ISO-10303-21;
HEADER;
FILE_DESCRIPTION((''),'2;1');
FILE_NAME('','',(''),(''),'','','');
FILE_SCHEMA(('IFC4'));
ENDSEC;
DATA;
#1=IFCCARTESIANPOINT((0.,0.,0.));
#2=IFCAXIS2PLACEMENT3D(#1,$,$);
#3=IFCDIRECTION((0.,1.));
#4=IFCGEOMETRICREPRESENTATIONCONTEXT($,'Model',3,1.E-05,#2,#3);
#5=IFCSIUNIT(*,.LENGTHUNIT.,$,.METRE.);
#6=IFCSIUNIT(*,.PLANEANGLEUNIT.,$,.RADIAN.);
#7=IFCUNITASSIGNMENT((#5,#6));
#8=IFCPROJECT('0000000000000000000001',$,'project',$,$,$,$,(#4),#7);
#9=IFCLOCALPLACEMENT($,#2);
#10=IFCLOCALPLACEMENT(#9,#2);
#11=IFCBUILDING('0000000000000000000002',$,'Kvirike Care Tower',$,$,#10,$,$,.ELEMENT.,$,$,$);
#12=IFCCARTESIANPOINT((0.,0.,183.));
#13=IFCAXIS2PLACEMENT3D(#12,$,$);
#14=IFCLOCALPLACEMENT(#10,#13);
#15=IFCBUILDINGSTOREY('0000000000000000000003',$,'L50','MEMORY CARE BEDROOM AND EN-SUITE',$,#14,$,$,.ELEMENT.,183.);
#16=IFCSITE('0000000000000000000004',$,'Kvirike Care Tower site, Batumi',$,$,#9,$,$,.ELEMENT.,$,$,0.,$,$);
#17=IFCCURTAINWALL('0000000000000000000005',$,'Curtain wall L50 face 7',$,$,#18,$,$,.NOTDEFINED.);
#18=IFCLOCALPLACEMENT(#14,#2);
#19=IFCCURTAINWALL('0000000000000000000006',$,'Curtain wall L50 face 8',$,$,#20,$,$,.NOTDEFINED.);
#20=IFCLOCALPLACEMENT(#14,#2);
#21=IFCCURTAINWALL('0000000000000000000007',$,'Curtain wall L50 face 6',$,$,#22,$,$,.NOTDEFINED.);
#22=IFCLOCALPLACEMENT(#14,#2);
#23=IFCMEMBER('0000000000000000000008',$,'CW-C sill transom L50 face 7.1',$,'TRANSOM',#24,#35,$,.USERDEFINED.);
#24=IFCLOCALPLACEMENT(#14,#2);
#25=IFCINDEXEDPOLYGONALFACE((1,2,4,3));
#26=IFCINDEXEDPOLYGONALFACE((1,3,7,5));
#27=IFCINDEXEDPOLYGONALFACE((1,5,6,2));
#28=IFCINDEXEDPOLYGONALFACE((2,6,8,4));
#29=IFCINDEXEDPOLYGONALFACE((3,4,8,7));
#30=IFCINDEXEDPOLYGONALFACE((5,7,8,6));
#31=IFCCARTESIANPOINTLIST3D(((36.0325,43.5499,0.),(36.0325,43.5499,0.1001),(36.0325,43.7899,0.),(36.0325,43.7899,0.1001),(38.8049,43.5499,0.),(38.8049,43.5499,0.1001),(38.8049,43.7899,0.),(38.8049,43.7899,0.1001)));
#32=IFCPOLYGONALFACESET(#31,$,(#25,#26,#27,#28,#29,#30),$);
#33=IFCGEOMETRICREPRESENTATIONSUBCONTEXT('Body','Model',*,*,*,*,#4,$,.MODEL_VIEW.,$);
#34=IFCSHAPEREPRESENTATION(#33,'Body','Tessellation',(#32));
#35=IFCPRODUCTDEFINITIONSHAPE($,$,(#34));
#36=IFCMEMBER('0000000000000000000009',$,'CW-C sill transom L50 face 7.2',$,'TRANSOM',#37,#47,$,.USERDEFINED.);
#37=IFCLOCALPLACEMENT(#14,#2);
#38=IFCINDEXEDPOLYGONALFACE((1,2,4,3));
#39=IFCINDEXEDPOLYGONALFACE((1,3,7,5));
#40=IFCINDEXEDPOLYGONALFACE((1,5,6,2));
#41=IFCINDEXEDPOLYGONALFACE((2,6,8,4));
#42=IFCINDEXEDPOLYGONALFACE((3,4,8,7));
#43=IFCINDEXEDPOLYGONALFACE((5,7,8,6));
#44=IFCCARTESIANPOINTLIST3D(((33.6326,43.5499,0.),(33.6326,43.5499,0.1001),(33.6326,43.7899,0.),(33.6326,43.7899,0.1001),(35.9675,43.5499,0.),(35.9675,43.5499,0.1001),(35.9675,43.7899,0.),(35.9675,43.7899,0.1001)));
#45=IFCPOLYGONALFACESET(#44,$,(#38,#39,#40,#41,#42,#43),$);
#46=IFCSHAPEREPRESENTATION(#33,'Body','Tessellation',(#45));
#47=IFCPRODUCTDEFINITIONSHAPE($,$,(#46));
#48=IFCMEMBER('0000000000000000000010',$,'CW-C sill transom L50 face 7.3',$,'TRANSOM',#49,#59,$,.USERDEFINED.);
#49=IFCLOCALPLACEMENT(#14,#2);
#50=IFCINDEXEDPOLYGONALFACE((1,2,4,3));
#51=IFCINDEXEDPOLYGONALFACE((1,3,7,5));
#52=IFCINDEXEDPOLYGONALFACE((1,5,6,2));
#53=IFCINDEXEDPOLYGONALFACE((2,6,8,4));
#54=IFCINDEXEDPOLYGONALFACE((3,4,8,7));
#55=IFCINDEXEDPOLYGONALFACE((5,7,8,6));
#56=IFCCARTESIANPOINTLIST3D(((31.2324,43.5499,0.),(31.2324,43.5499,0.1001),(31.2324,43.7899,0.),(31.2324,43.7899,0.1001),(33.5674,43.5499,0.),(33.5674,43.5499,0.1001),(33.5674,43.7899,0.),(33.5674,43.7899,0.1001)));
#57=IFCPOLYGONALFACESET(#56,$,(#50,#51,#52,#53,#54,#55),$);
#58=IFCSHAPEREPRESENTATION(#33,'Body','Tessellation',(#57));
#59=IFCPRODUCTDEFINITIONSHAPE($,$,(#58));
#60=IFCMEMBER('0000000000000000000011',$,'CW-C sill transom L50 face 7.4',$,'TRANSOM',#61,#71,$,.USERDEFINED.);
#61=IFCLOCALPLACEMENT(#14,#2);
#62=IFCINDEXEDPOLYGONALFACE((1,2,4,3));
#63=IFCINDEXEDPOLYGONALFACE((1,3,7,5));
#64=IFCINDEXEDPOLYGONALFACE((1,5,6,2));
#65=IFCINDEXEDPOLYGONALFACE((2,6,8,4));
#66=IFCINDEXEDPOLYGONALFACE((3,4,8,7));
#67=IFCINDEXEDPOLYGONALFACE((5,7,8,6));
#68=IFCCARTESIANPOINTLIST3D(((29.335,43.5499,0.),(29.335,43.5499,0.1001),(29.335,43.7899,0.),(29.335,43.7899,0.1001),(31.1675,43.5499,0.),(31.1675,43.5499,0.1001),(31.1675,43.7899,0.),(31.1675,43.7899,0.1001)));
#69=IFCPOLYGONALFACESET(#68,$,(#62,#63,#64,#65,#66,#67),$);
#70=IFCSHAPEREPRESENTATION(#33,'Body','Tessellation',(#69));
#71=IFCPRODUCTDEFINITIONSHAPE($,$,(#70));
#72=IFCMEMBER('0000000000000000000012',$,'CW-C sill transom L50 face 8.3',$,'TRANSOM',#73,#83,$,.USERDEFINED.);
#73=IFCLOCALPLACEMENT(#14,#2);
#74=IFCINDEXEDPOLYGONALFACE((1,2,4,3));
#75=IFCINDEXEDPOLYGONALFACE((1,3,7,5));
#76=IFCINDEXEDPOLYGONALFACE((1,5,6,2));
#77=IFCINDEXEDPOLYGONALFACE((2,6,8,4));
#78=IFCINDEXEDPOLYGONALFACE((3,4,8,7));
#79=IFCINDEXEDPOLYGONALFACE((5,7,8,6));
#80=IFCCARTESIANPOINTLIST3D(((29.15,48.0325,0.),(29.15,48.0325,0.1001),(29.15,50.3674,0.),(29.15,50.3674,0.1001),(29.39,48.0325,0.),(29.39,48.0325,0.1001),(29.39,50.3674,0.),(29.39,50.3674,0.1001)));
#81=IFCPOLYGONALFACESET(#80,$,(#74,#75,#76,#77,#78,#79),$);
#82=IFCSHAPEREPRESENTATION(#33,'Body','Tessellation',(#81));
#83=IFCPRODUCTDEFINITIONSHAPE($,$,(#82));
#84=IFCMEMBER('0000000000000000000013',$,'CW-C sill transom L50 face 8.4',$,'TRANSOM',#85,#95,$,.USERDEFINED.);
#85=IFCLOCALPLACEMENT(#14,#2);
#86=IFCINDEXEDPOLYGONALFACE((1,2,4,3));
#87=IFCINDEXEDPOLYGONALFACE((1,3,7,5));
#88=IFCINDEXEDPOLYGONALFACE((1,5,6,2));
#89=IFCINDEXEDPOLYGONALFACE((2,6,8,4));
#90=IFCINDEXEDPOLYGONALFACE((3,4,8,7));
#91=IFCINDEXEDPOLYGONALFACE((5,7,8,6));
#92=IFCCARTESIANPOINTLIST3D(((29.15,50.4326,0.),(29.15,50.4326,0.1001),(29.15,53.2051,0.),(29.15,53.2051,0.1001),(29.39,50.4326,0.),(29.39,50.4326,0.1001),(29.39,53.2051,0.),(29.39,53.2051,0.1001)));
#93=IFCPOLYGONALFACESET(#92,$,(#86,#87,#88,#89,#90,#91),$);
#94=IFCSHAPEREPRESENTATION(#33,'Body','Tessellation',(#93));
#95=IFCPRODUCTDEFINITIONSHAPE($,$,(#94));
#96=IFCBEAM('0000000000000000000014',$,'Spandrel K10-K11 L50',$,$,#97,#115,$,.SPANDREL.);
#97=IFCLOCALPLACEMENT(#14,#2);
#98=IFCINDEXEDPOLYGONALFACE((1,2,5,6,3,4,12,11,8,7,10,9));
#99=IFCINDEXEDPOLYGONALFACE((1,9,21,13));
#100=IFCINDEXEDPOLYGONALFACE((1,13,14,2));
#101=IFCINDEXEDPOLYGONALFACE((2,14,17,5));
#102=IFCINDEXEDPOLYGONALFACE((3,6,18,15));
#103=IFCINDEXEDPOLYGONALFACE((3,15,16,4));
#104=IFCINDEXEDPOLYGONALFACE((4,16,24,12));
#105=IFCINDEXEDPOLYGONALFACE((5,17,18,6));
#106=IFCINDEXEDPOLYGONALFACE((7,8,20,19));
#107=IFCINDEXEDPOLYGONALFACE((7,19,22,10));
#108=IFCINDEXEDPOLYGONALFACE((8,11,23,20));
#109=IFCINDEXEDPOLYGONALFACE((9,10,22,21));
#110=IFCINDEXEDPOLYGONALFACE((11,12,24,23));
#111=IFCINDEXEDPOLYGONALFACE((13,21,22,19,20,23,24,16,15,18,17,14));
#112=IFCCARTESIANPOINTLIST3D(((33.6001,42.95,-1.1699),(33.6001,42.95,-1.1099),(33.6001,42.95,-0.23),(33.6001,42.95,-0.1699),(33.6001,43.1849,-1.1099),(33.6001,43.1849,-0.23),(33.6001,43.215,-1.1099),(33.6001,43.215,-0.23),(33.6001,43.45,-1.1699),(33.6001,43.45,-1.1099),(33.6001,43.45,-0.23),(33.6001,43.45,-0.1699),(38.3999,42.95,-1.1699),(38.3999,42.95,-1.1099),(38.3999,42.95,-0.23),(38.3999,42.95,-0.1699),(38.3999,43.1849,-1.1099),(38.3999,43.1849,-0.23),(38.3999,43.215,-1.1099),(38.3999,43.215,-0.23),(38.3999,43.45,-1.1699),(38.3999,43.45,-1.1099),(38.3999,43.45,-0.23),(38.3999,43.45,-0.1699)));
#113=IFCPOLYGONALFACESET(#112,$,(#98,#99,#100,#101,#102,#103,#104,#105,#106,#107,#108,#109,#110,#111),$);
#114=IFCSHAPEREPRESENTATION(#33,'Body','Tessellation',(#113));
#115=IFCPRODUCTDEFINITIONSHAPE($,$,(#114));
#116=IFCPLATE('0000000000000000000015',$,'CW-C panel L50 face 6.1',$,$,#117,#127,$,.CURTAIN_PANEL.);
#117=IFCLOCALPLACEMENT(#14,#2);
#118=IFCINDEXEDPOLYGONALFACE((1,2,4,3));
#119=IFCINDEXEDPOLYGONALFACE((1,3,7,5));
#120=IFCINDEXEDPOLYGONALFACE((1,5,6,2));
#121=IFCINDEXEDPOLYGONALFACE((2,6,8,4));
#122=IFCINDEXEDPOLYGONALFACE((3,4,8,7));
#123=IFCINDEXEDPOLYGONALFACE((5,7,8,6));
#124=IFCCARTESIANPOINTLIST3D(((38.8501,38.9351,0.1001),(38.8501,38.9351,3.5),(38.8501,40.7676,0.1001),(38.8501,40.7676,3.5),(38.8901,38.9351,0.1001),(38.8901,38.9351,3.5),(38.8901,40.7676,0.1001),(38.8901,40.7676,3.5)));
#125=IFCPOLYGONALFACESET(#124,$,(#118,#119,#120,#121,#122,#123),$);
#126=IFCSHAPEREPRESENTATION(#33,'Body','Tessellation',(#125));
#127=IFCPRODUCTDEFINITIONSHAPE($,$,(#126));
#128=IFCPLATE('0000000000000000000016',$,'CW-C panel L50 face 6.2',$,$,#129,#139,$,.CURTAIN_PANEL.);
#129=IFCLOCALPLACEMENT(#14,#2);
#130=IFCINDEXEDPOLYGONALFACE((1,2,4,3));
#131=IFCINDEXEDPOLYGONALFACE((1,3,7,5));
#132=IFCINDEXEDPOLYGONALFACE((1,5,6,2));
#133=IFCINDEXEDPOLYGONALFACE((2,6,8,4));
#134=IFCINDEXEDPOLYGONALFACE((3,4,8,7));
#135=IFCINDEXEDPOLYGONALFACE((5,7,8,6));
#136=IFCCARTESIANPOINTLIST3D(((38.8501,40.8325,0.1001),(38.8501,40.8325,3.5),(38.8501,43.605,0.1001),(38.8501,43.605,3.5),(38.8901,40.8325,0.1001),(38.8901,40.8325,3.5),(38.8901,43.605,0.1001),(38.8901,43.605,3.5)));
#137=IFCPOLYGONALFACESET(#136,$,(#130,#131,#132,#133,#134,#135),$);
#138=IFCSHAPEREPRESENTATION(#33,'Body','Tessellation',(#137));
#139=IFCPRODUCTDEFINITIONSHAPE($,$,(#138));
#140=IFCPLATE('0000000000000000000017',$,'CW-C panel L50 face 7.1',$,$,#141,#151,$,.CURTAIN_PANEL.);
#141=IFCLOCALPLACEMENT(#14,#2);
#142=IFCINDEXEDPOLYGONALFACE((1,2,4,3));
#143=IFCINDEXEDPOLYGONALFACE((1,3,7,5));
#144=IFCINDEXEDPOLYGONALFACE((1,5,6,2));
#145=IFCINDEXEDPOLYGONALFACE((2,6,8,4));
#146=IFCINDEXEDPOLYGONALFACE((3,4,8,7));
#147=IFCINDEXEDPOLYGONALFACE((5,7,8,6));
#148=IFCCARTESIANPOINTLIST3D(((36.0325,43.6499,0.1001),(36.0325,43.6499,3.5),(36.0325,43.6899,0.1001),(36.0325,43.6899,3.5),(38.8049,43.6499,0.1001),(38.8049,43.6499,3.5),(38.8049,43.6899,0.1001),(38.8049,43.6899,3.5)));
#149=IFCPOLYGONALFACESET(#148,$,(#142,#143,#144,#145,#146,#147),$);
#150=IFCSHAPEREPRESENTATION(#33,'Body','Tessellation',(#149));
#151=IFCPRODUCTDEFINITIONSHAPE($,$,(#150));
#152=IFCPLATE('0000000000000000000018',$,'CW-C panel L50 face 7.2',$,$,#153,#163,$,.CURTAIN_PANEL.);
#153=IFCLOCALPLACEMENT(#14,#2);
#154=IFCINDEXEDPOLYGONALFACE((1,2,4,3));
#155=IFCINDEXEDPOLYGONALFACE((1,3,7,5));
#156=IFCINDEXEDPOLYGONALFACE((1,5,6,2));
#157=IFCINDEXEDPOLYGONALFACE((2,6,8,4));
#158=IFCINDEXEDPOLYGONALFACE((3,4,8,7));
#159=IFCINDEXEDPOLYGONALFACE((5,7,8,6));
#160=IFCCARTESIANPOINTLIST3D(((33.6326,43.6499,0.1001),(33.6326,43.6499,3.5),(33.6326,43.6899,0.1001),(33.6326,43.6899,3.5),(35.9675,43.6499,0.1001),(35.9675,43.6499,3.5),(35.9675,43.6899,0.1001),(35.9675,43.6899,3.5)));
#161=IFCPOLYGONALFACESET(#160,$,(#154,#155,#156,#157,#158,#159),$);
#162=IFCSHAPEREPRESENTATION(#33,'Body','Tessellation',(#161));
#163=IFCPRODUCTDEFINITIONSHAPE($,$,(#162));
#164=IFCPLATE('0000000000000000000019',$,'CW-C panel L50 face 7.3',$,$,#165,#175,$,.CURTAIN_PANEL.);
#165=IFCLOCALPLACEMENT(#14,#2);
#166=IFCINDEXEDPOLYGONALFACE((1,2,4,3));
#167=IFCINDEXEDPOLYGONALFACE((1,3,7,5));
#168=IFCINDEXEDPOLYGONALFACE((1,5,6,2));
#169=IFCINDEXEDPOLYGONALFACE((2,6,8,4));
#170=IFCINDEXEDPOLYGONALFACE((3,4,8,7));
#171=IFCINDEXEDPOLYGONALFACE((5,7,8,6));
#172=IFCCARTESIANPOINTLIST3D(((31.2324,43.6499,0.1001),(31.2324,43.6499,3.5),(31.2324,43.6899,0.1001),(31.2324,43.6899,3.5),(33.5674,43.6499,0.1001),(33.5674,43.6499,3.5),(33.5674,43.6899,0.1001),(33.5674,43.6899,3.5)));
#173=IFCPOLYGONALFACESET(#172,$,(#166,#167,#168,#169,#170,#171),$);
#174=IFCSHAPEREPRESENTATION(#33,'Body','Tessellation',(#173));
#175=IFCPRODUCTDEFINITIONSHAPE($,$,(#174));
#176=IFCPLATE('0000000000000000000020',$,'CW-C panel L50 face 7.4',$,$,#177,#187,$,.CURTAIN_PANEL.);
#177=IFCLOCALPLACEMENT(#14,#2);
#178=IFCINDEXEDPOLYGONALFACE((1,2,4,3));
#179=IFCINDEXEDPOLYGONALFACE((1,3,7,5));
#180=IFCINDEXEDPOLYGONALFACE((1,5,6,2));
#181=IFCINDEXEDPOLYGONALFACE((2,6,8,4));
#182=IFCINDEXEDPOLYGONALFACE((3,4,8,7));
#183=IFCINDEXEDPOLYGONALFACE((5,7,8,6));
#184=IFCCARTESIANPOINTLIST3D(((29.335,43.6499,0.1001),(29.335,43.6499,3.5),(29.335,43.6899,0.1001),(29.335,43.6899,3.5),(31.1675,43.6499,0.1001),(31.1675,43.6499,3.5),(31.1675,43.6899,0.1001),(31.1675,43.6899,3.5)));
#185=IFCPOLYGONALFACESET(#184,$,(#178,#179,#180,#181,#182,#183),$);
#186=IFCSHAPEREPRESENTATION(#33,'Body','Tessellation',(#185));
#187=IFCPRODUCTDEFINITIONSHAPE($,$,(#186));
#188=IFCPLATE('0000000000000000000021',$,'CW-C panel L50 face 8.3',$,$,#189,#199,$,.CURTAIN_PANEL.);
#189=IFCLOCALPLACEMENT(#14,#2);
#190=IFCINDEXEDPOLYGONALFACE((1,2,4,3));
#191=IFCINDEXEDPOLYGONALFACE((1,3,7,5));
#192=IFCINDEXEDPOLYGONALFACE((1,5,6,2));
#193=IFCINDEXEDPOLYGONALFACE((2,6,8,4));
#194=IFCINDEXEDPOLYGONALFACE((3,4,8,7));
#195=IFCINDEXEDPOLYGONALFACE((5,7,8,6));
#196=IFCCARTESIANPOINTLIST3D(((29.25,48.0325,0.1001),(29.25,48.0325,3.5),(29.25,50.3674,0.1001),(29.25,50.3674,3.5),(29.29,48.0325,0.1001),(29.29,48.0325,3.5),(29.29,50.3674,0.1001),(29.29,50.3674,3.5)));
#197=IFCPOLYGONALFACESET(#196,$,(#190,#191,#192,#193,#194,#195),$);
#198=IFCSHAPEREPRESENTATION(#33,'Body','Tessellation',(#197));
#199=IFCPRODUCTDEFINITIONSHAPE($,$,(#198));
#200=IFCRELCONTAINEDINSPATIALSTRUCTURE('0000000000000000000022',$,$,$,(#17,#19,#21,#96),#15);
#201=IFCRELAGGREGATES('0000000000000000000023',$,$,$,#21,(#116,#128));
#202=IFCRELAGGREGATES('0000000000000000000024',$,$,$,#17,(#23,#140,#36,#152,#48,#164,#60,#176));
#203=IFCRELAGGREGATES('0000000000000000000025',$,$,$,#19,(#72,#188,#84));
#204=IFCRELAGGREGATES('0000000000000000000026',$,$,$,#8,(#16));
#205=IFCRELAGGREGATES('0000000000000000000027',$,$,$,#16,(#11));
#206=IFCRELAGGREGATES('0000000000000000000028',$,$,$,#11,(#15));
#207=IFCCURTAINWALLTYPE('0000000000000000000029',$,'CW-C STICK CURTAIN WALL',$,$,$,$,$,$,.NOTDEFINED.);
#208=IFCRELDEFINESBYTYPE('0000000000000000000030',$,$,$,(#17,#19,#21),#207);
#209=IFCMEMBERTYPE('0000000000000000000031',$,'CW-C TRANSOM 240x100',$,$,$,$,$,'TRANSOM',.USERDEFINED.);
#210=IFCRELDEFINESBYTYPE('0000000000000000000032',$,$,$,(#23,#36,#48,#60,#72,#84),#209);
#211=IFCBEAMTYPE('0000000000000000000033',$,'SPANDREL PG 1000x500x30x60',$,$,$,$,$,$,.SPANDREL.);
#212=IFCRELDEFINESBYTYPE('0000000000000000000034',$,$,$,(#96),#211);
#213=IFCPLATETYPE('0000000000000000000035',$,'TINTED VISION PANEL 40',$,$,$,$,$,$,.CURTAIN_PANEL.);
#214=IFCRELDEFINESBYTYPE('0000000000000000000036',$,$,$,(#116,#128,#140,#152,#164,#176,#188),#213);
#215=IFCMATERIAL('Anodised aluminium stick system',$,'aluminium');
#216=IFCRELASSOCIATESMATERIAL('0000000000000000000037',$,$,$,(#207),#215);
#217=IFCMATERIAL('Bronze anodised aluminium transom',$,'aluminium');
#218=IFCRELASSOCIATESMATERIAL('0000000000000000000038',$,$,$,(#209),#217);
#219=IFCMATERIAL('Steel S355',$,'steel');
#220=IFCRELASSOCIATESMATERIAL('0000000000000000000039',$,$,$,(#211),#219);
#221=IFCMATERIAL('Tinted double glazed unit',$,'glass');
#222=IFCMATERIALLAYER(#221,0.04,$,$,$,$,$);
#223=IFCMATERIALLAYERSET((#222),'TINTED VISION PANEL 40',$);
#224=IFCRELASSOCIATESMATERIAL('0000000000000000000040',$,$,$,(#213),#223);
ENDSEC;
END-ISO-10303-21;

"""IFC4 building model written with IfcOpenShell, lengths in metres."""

from ifc_helpers import new_model, si_unit, direction, frame, origin, origin_2d, place, context, subcontext, project, spatial, rectangle, i_section, extrude, material, layer, layer_set, material_profile, profile_set, type_object, element, aggregate, save


model = new_model("IFC4")

# Units and contexts
model_context = context("Model", 3, precision=1e-05, world=origin(), true_north=direction((0.0, 1.0)))
body_context = subcontext(model_context, "Body", "Model", "MODEL_VIEW")
ifc_project = project(units=[si_unit("LENGTHUNIT", "METRE"), si_unit("PLANEANGLEUNIT", "RADIAN")], contexts=[model_context])

# Site, building, storey
site_placement = place(None, origin())
site = spatial("IfcSite", under=ifc_project, at=site_placement, Name="Kvirike Care Tower site, Batumi", CompositionType="ELEMENT", RefElevation=0.0)
building_placement = place(site_placement, origin())
building = spatial("IfcBuilding", under=site, at=building_placement, Name="Kvirike Care Tower", CompositionType="ELEMENT")
storey_placement = place(building_placement, frame((0.0, 0.0, 183.0)))
storey = spatial("IfcBuildingStorey", under=building, at=storey_placement, Name="L50", Description="MEMORY CARE BEDROOM AND EN-SUITE", CompositionType="ELEMENT", Elevation=183.0)

# Curtain walls
ifc_material_1 = material(Name="Anodised aluminium stick system", Category="aluminium")
curtain_wall_type = type_object("IfcCurtainWallType", Name="CW-C STICK CURTAIN WALL", PredefinedType="NOTDEFINED", material=ifc_material_1)
curtain_wall_1_placement = place(storey_placement, origin())
curtain_wall_1 = element("IfcCurtainWall", 1, at=curtain_wall_1_placement, inside=storey, type_object=curtain_wall_type, Name="Curtain wall L50 face 7", PredefinedType="NOTDEFINED")
curtain_wall_2_placement = place(storey_placement, origin())
curtain_wall_2 = element("IfcCurtainWall", 2, at=curtain_wall_2_placement, inside=storey, type_object=curtain_wall_type, Name="Curtain wall L50 face 8", PredefinedType="NOTDEFINED")

# Curtain wall
curtain_wall_3_placement = place(storey_placement, origin())
curtain_wall_3 = element("IfcCurtainWall", 3, at=curtain_wall_3_placement, inside=storey, type_object=curtain_wall_type, Name="Curtain wall L50 face 6", PredefinedType="NOTDEFINED")

# Members
ifc_material_2 = material(Name="Bronze anodised aluminium transom", Category="aluminium")
ifc_material_profile_1 = material_profile(ifc_material_2, rectangle(XDim=0.24, YDim=0.1001, at=origin_2d()), Name="CW-C TRANSOM 240x100")
ifc_profile_set_1 = profile_set([ifc_material_profile_1], Name="Bronze anodised aluminium transom")
member_type_1 = type_object("IfcMemberType", Name="CW-C TRANSOM 240x100", ElementType="TRANSOM", PredefinedType="USERDEFINED", material=ifc_profile_set_1)
member_1_placement = place(storey_placement, frame((38.8049, 43.6699, 0.05), z_axis=(-1.0, 0.0, 0.0), x_axis=(0.0, -1.0, 0.0)))
member_1 = element("IfcMember", 4, at=member_1_placement, type_object=member_type_1, Name="CW-C sill transom L50 face 7.1", ObjectType="TRANSOM", PredefinedType="USERDEFINED", context=body_context, shape_type="SweptSolid", body=[
    extrude(rectangle(XDim=0.24, YDim=0.1001, at=origin_2d()), origin(), (0.0, 0.0, 1.0), 2.7725),
])
member_2_placement = place(storey_placement, frame((35.9675, 43.6699, 0.05), z_axis=(-1.0, 0.0, 0.0), x_axis=(0.0, -1.0, 0.0)))
member_2 = element("IfcMember", 5, at=member_2_placement, type_object=member_type_1, Name="CW-C sill transom L50 face 7.2", ObjectType="TRANSOM", PredefinedType="USERDEFINED", context=body_context, shape_type="SweptSolid", body=[
    extrude(rectangle(XDim=0.24, YDim=0.1001, at=origin_2d()), origin(), (0.0, 0.0, 1.0), 2.335),
])
member_3_placement = place(storey_placement, frame((33.5674, 43.6699, 0.05), z_axis=(-1.0, 0.0, 0.0), x_axis=(0.0, -1.0, 0.0)))
member_3 = element("IfcMember", 6, at=member_3_placement, type_object=member_type_1, Name="CW-C sill transom L50 face 7.3", ObjectType="TRANSOM", PredefinedType="USERDEFINED", context=body_context, shape_type="SweptSolid", body=[
    extrude(rectangle(XDim=0.24, YDim=0.1001, at=origin_2d()), origin(), (0.0, 0.0, 1.0), 2.335),
])
member_4_placement = place(storey_placement, frame((31.1675, 43.6699, 0.05), z_axis=(-1.0, 0.0, 0.0), x_axis=(0.0, -1.0, 0.0)))
member_4 = element("IfcMember", 7, at=member_4_placement, type_object=member_type_1, Name="CW-C sill transom L50 face 7.4", ObjectType="TRANSOM", PredefinedType="USERDEFINED", context=body_context, shape_type="SweptSolid", body=[
    extrude(rectangle(XDim=0.24, YDim=0.1001, at=origin_2d()), origin(), (0.0, 0.0, 1.0), 1.8325),
])
member_5_placement = place(storey_placement, frame((29.27, 48.0325, 0.05), z_axis=(0.0, 1.0, 0.0), x_axis=(-1.0, 0.0, 0.0)))
member_5 = element("IfcMember", 8, at=member_5_placement, type_object=member_type_1, Name="CW-C sill transom L50 face 8.3", ObjectType="TRANSOM", PredefinedType="USERDEFINED", context=body_context, shape_type="SweptSolid", body=[
    extrude(rectangle(XDim=0.24, YDim=0.1001, at=origin_2d()), origin(), (0.0, 0.0, 1.0), 2.335),
])
member_6_placement = place(storey_placement, frame((29.27, 50.4326, 0.05), z_axis=(0.0, 1.0, 0.0), x_axis=(-1.0, 0.0, 0.0)))
member_6 = element("IfcMember", 9, at=member_6_placement, type_object=member_type_1, Name="CW-C sill transom L50 face 8.4", ObjectType="TRANSOM", PredefinedType="USERDEFINED", context=body_context, shape_type="SweptSolid", body=[
    extrude(rectangle(XDim=0.24, YDim=0.1001, at=origin_2d()), origin(), (0.0, 0.0, 1.0), 2.7725),
])

# Beam
ifc_material_3 = material(Name="Steel S355", Category="steel")
ifc_material_profile_2 = material_profile(ifc_material_3, i_section(OverallWidth=0.5, OverallDepth=1.0, WebThickness=0.03, FlangeThickness=0.0601, at=origin_2d()), Name="PG 1000x500x30x60")
ifc_profile_set_2 = profile_set([ifc_material_profile_2], Name="Steel S355")
beam_type = type_object("IfcBeamType", Name="SPANDREL PG 1000x500x30x60", PredefinedType="SPANDREL", material=ifc_profile_set_2)
beam_placement = place(storey_placement, frame((33.6001, 43.2, -0.6699), z_axis=(1.0, 0.0, 0.0), x_axis=(0.0, 1.0, 0.0)))
element("IfcBeam", 10, at=beam_placement, inside=storey, type_object=beam_type, Name="Spandrel K10-K11 L50", PredefinedType="SPANDREL", context=body_context, shape_type="SweptSolid", body=[
    extrude(i_section(OverallWidth=0.5, OverallDepth=1.0, WebThickness=0.03, FlangeThickness=0.0601, at=origin_2d()), origin(), (0.0, 0.0, 1.0), 4.7998),
])

# Plates
ifc_material_4 = material(Name="Tinted double glazed unit", Category="glass")
ifc_layer_1 = layer(ifc_material_4, 0.04)
ifc_layer_set_1 = layer_set([ifc_layer_1], Name="TINTED VISION PANEL 40")
plate_type = type_object("IfcPlateType", Name="TINTED VISION PANEL 40", PredefinedType="CURTAIN_PANEL", material=ifc_layer_set_1)
plate_1_placement = place(storey_placement, frame((38.8701, 39.8513, 0.1001), z_axis=(0.0, 0.0, 1.0), x_axis=(0.0, 1.0, 0.0)))
plate_1 = element("IfcPlate", 11, at=plate_1_placement, type_object=plate_type, Name="CW-C panel L50 face 6.1", PredefinedType="CURTAIN_PANEL", context=body_context, shape_type="SweptSolid", body=[
    extrude(rectangle(XDim=1.8325, YDim=0.04, at=origin_2d()), origin(), (0.0, 0.0, 1.0), 3.3999),
])
plate_2_placement = place(storey_placement, frame((38.8701, 42.2188, 0.1001), z_axis=(0.0, 0.0, 1.0), x_axis=(0.0, 1.0, 0.0)))
plate_2 = element("IfcPlate", 12, at=plate_2_placement, type_object=plate_type, Name="CW-C panel L50 face 6.2", PredefinedType="CURTAIN_PANEL", context=body_context, shape_type="SweptSolid", body=[
    extrude(rectangle(XDim=2.7725, YDim=0.04, at=origin_2d()), origin(), (0.0, 0.0, 1.0), 3.3999),
])
aggregate(curtain_wall_3, [plate_1, plate_2])
plate_3_placement = place(storey_placement, frame((37.4187, 43.6699, 0.1001), z_axis=(0.0, 0.0, 1.0), x_axis=(-1.0, 0.0, 0.0)))
plate_3 = element("IfcPlate", 13, at=plate_3_placement, type_object=plate_type, Name="CW-C panel L50 face 7.1", PredefinedType="CURTAIN_PANEL", context=body_context, shape_type="SweptSolid", body=[
    extrude(rectangle(XDim=2.7725, YDim=0.04, at=origin_2d()), origin(), (0.0, 0.0, 1.0), 3.3999),
])
plate_4_placement = place(storey_placement, frame((34.8, 43.6699, 0.1001), z_axis=(0.0, 0.0, 1.0), x_axis=(-1.0, 0.0, 0.0)))
plate_4 = element("IfcPlate", 14, at=plate_4_placement, type_object=plate_type, Name="CW-C panel L50 face 7.2", PredefinedType="CURTAIN_PANEL", context=body_context, shape_type="SweptSolid", body=[
    extrude(rectangle(XDim=2.335, YDim=0.04, at=origin_2d()), origin(), (0.0, 0.0, 1.0), 3.3999),
])
plate_5_placement = place(storey_placement, frame((32.3999, 43.6699, 0.1001), z_axis=(0.0, 0.0, 1.0), x_axis=(-1.0, 0.0, 0.0)))
plate_5 = element("IfcPlate", 15, at=plate_5_placement, type_object=plate_type, Name="CW-C panel L50 face 7.3", PredefinedType="CURTAIN_PANEL", context=body_context, shape_type="SweptSolid", body=[
    extrude(rectangle(XDim=2.335, YDim=0.04, at=origin_2d()), origin(), (0.0, 0.0, 1.0), 3.3999),
])
plate_6_placement = place(storey_placement, frame((30.2512, 43.6699, 0.1001), z_axis=(0.0, 0.0, 1.0), x_axis=(-1.0, 0.0, 0.0)))
plate_6 = element("IfcPlate", 16, at=plate_6_placement, type_object=plate_type, Name="CW-C panel L50 face 7.4", PredefinedType="CURTAIN_PANEL", context=body_context, shape_type="SweptSolid", body=[
    extrude(rectangle(XDim=1.8325, YDim=0.04, at=origin_2d()), origin(), (0.0, 0.0, 1.0), 3.3999),
])
aggregate(curtain_wall_1, [member_1, plate_3, member_2, plate_4, member_3, plate_5, member_4, plate_6])
plate_7_placement = place(storey_placement, frame((29.27, 49.2, 0.1001), z_axis=(0.0, 0.0, 1.0), x_axis=(0.0, 1.0, 0.0)))
plate_7 = element("IfcPlate", 17, at=plate_7_placement, type_object=plate_type, Name="CW-C panel L50 face 8.3", PredefinedType="CURTAIN_PANEL", context=body_context, shape_type="SweptSolid", body=[
    extrude(rectangle(XDim=2.335, YDim=0.04, at=origin_2d()), origin(), (0.0, 0.0, 1.0), 3.3999),
])
aggregate(curtain_wall_2, [member_5, plate_7, member_6])

save(model, "model.ifc")
